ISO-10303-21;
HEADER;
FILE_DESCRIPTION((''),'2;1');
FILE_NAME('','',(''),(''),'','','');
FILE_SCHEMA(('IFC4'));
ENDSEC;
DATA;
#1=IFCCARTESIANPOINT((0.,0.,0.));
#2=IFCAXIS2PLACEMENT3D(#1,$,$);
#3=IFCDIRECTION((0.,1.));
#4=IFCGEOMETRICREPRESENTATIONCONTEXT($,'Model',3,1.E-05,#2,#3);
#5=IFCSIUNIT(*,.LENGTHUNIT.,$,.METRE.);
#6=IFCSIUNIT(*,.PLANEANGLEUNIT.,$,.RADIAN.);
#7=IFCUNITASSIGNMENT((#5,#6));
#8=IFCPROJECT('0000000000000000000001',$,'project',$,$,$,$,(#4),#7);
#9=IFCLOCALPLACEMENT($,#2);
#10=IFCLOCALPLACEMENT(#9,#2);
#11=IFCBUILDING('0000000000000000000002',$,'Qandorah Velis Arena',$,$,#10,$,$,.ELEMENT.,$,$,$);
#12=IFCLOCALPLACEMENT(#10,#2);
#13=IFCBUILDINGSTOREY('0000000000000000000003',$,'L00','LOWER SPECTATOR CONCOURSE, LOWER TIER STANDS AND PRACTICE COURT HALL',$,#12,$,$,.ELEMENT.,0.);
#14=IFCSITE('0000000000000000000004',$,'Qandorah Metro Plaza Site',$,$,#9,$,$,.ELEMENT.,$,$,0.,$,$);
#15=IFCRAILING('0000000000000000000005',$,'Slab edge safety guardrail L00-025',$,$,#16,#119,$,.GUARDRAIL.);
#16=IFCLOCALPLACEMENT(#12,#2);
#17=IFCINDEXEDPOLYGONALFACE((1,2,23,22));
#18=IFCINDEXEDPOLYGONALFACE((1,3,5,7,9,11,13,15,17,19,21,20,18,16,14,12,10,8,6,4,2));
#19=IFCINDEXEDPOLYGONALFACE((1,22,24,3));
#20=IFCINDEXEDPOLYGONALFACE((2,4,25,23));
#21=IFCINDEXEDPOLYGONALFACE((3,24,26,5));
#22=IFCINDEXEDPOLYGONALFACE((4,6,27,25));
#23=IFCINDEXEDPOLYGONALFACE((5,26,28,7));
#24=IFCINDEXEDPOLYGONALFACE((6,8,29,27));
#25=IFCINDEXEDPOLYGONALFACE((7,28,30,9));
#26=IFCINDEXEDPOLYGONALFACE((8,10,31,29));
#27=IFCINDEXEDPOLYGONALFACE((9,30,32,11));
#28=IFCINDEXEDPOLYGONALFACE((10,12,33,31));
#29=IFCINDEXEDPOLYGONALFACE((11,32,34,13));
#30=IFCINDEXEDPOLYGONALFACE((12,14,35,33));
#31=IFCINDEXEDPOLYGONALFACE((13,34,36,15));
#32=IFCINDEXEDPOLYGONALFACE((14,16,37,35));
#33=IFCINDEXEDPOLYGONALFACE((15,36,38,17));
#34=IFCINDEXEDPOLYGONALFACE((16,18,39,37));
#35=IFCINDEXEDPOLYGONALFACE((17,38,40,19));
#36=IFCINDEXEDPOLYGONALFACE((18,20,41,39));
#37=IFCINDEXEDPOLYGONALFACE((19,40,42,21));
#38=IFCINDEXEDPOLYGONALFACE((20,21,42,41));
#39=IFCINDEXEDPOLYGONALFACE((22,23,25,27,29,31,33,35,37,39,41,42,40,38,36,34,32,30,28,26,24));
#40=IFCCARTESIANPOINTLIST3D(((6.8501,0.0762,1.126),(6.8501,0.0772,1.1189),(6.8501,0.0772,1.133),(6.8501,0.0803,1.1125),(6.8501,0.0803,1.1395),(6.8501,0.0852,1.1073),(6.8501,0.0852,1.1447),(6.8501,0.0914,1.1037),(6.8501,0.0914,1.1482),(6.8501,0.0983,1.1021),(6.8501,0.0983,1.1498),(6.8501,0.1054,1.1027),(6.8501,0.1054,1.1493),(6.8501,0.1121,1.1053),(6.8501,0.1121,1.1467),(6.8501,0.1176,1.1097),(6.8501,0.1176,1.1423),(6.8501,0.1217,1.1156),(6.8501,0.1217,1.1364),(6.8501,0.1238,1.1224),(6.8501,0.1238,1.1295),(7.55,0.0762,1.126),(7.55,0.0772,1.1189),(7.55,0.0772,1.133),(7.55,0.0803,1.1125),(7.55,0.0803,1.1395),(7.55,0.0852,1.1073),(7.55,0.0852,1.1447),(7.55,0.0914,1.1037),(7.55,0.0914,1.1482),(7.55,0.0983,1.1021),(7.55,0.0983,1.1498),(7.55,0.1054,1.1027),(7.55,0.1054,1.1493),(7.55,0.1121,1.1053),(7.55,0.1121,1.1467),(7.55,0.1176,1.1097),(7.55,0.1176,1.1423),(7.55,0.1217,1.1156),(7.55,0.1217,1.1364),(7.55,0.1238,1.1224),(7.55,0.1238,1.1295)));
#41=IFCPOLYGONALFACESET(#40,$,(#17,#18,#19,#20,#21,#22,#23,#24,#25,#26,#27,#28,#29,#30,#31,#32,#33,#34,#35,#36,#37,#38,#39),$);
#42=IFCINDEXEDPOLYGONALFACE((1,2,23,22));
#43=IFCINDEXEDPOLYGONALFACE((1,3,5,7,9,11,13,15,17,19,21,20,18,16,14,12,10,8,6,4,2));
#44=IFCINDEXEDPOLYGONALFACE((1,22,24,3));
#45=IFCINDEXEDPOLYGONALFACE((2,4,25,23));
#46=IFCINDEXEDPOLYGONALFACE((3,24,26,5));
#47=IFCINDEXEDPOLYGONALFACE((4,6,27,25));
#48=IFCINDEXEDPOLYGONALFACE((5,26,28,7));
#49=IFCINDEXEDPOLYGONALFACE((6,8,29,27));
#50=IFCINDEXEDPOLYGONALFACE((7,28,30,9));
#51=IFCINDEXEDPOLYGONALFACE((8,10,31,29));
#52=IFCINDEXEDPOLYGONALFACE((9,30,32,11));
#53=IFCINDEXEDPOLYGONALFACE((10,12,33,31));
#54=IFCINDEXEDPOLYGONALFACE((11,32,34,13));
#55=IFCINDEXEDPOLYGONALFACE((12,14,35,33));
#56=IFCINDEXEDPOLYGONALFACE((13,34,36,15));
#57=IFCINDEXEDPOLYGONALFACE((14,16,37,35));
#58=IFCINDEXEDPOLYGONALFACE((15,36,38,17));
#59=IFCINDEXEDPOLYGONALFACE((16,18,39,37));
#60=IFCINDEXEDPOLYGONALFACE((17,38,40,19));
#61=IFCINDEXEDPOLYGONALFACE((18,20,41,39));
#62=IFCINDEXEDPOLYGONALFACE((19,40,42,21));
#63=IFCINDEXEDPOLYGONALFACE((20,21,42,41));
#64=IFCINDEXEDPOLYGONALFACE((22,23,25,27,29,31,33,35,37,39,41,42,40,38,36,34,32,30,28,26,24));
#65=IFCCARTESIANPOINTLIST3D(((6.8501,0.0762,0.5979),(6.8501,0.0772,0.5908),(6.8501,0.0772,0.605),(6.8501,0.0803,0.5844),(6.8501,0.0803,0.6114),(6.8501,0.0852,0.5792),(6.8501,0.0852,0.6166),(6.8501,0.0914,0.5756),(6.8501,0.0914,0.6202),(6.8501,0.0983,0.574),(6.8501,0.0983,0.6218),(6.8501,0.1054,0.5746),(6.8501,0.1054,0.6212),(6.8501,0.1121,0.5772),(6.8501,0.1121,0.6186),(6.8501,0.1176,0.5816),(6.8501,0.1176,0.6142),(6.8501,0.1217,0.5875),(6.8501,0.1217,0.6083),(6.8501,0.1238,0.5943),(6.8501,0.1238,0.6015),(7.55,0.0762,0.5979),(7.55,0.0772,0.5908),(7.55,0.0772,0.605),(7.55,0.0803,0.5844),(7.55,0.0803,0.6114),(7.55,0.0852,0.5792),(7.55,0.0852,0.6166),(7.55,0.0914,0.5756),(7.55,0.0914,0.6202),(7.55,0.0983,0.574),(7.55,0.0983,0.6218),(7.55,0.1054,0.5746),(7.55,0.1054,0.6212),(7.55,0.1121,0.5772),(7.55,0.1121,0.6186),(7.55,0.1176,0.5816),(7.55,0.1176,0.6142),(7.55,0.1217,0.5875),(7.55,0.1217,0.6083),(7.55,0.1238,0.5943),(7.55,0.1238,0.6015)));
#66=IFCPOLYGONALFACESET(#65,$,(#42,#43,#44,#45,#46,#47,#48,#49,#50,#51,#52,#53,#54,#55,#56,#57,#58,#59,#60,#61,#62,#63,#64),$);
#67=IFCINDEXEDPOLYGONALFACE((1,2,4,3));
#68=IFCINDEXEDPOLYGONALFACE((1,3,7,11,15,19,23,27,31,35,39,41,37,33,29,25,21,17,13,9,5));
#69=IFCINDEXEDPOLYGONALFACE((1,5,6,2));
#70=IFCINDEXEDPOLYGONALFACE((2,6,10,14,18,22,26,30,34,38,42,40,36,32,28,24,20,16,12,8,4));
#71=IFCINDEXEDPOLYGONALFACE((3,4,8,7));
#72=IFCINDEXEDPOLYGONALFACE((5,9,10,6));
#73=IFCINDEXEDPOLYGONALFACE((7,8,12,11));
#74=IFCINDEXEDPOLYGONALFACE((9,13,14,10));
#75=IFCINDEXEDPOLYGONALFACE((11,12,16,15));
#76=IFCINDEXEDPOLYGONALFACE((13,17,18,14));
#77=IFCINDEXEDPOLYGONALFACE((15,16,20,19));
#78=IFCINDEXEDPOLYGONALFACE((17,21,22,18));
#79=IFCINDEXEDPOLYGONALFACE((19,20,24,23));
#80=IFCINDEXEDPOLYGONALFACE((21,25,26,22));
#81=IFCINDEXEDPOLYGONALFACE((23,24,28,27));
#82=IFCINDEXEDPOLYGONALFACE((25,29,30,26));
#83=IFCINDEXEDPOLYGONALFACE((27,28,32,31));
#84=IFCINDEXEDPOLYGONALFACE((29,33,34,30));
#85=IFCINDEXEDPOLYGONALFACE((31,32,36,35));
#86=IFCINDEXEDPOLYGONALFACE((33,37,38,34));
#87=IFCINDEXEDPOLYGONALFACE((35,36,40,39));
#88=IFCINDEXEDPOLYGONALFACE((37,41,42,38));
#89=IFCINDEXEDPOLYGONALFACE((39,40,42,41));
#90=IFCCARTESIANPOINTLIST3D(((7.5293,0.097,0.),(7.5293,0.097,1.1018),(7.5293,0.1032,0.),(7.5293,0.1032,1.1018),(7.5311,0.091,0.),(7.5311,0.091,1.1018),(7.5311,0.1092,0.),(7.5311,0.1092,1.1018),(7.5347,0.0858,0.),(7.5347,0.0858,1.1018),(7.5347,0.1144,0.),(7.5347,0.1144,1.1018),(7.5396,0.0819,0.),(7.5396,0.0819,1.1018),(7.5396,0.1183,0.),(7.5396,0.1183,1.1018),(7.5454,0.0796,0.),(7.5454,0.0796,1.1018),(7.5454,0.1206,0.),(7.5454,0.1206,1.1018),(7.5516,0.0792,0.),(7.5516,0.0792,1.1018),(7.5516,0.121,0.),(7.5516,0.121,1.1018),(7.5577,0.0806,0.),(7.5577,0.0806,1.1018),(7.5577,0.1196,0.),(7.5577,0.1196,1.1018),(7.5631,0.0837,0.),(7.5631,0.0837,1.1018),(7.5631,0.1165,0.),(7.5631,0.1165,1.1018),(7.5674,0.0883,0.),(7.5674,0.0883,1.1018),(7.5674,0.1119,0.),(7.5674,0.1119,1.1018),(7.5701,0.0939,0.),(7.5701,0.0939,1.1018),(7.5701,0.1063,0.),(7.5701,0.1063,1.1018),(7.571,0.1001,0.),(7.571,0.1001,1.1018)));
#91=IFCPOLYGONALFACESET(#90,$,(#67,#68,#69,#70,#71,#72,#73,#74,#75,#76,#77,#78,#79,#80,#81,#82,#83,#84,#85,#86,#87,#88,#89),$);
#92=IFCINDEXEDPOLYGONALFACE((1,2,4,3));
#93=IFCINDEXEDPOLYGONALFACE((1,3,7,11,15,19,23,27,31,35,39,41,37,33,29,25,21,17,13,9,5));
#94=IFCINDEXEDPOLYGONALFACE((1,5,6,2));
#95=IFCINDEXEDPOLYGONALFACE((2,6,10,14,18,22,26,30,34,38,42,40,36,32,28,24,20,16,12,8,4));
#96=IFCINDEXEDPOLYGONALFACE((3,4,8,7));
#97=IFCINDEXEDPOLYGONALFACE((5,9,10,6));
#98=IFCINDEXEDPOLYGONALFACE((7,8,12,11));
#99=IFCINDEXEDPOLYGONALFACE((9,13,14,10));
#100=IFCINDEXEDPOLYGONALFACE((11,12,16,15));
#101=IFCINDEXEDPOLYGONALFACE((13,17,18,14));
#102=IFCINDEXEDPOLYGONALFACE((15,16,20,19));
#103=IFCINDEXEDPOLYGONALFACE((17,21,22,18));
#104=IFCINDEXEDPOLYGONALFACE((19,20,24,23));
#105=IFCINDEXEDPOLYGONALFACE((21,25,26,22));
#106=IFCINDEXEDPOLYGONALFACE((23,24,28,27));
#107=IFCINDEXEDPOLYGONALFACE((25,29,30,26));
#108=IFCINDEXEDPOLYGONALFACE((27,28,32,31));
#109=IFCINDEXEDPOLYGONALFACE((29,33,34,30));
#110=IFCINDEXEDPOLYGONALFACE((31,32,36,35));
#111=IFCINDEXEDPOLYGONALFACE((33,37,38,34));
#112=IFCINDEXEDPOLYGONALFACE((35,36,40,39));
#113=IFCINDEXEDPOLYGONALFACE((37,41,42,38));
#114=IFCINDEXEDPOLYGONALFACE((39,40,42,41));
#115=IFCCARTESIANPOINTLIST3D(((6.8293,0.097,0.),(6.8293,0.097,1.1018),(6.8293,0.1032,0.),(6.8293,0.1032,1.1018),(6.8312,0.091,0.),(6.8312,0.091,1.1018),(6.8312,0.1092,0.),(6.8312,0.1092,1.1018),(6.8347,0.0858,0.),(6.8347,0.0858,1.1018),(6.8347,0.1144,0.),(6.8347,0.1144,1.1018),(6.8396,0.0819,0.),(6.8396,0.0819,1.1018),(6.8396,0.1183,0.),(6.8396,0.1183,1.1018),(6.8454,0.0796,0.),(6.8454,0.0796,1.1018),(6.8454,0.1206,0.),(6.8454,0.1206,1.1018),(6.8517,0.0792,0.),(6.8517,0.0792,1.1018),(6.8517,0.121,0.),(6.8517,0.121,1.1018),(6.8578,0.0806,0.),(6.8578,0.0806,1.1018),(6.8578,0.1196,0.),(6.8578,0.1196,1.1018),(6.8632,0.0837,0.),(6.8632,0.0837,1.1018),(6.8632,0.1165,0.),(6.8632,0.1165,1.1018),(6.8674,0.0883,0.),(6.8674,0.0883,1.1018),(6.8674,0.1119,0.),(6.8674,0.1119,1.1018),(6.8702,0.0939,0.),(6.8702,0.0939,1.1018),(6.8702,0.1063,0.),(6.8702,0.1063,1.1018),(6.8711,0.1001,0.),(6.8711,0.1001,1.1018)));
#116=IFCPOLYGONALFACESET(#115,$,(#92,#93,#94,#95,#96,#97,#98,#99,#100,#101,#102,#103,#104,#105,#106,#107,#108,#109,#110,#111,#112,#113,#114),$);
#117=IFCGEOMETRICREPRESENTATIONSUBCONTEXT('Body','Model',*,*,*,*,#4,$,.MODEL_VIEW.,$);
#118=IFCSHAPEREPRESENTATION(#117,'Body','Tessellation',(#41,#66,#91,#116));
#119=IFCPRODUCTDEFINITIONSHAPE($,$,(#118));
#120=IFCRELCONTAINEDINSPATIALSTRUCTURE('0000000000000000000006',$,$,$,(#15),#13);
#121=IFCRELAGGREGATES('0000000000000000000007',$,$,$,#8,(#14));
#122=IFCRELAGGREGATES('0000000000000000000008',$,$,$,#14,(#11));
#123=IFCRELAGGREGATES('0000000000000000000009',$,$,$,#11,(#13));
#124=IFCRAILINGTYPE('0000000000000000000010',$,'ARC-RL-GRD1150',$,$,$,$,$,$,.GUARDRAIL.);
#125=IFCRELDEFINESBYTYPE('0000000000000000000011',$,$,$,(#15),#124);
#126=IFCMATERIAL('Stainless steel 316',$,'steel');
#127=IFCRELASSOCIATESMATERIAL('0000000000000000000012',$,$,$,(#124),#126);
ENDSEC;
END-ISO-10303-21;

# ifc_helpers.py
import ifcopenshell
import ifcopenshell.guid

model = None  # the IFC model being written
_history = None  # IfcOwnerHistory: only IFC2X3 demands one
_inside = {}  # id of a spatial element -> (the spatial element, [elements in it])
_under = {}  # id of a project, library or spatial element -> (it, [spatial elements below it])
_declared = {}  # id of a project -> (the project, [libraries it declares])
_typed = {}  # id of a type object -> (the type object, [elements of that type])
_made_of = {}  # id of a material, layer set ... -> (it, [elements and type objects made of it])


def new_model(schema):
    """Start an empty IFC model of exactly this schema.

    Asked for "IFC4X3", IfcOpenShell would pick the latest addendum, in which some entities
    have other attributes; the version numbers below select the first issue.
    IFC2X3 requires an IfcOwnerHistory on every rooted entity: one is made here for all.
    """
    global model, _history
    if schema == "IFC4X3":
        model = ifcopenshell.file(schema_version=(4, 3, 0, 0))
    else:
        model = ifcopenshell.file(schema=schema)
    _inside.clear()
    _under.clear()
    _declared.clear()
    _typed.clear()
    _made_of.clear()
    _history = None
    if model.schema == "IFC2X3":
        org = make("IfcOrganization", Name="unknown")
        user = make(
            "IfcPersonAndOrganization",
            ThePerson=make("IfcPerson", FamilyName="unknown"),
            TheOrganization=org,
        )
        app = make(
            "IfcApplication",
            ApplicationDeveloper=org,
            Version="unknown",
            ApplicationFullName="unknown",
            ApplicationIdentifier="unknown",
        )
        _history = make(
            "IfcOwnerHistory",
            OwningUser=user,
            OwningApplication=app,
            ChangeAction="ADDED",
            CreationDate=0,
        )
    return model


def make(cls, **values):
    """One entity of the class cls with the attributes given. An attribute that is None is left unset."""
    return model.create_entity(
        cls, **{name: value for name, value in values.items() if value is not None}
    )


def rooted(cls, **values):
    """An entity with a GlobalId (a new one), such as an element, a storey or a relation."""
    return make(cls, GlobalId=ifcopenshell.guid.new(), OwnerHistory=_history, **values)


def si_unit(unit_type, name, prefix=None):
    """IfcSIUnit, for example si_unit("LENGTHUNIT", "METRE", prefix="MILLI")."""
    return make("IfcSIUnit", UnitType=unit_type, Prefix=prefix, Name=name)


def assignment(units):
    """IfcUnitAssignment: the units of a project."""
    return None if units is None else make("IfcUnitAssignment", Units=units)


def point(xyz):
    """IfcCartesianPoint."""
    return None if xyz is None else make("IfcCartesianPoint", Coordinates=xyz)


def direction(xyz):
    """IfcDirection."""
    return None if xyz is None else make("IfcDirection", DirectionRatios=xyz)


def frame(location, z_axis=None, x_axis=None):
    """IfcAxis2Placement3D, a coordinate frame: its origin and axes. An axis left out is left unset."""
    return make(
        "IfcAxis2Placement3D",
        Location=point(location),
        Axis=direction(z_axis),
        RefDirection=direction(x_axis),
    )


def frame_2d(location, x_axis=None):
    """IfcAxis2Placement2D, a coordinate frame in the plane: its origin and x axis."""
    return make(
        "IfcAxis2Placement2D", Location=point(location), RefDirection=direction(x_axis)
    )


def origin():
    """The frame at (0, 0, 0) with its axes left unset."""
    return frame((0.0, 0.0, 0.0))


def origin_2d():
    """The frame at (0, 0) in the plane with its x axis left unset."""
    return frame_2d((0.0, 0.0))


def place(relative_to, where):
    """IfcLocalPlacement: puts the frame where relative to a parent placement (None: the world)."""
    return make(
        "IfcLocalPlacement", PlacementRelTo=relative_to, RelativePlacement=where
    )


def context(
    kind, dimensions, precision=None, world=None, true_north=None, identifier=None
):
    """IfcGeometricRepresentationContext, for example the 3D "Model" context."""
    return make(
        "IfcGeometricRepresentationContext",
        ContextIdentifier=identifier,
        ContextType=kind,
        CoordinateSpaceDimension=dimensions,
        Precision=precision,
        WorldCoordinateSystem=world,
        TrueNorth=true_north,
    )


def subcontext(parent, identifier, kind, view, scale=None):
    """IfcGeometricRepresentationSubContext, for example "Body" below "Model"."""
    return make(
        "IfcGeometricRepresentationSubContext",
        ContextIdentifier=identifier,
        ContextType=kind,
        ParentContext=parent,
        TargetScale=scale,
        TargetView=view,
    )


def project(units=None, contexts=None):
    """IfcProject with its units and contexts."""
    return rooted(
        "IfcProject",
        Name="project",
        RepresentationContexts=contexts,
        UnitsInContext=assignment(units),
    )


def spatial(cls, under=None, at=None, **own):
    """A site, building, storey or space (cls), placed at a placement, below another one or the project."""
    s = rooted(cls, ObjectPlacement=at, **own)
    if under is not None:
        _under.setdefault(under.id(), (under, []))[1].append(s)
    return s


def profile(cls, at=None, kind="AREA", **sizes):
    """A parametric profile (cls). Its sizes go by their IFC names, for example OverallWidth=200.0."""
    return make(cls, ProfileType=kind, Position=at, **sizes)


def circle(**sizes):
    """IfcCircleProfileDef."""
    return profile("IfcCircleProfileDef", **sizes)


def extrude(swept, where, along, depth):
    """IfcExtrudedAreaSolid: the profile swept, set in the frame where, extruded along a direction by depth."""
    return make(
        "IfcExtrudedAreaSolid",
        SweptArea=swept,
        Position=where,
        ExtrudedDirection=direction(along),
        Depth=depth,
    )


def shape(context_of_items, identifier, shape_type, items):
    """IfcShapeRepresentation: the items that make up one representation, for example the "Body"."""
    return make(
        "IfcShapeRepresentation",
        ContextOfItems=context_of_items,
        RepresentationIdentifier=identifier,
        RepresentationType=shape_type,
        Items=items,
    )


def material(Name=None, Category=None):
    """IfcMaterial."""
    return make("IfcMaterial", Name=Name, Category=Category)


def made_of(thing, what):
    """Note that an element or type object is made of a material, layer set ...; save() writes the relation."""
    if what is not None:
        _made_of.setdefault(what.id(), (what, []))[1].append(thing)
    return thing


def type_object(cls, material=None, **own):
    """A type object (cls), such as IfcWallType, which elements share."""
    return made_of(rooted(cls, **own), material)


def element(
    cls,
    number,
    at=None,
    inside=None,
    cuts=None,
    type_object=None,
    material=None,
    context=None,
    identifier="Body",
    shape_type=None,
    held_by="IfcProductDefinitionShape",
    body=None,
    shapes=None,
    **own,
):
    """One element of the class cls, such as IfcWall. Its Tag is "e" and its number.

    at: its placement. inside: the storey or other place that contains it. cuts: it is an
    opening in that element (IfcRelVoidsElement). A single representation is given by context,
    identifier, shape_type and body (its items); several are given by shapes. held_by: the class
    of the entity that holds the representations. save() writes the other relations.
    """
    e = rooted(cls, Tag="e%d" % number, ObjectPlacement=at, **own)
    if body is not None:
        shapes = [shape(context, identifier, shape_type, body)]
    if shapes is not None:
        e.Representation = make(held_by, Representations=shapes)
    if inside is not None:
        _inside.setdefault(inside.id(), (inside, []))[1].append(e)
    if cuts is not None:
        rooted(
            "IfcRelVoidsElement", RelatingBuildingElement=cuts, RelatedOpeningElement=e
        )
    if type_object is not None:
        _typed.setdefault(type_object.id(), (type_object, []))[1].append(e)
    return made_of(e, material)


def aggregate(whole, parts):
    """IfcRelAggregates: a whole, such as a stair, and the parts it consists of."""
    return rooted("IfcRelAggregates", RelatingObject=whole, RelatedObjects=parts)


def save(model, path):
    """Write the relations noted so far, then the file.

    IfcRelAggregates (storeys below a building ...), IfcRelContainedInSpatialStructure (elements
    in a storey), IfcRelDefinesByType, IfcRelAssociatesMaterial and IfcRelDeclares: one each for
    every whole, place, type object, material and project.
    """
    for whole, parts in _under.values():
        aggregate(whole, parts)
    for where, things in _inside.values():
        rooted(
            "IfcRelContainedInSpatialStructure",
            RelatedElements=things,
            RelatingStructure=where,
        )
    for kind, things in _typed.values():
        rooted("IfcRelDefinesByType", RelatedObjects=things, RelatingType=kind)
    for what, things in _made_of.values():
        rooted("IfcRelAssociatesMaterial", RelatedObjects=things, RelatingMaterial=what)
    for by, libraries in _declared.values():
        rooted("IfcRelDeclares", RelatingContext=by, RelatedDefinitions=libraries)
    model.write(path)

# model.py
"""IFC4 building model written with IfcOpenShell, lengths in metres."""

from ifc_helpers import new_model, si_unit, direction, frame, origin, origin_2d, place, context, subcontext, project, spatial, circle, extrude, material, type_object, element, save


model = new_model("IFC4")

# Units and contexts
model_context = context("Model", 3, precision=1e-05, world=origin(), true_north=direction((0.0, 1.0)))
body_context = subcontext(model_context, "Body", "Model", "MODEL_VIEW")
ifc_project = project(units=[si_unit("LENGTHUNIT", "METRE"), si_unit("PLANEANGLEUNIT", "RADIAN")], contexts=[model_context])

# Site, building, storey
site_placement = place(None, origin())
site = spatial("IfcSite", under=ifc_project, at=site_placement, Name="Qandorah Metro Plaza Site", CompositionType="ELEMENT", RefElevation=0.0)
building_placement = place(site_placement, origin())
building = spatial("IfcBuilding", under=site, at=building_placement, Name="Qandorah Velis Arena", CompositionType="ELEMENT")
storey_placement = place(building_placement, origin())
storey = spatial("IfcBuildingStorey", under=building, at=storey_placement, Name="L00", Description="LOWER SPECTATOR CONCOURSE, LOWER TIER STANDS AND PRACTICE COURT HALL", CompositionType="ELEMENT", Elevation=0.0)

# Railing
ifc_material_1 = material(Name="Stainless steel 316", Category="steel")
railing_type = type_object("IfcRailingType", Name="ARC-RL-GRD1150", PredefinedType="GUARDRAIL", material=ifc_material_1)
railing_1_placement = place(storey_placement, frame((7.55, 0.1001, 0.0)))
element("IfcRailing", 1, at=railing_1_placement, inside=storey, type_object=railing_type, Name="Slab edge safety guardrail L00-025", PredefinedType="GUARDRAIL", context=body_context, shape_type="SweptSolid", body=[
    extrude(circle(Radius=0.0239, at=origin_2d()), frame((0.0, 0.0, 1.126), z_axis=(-1.0, 0.0, 0.0), x_axis=(0.0, -1.0, 0.0)), (0.0, 0.0, 1.0), 0.7),
    extrude(circle(Radius=0.0239, at=origin_2d()), frame((0.0, 0.0, 0.5979), z_axis=(-1.0, 0.0, 0.0), x_axis=(0.0, -1.0, 0.0)), (0.0, 0.0, 1.0), 0.7),
    extrude(circle(Radius=0.021, at=origin_2d()), origin(), (0.0, 0.0, 1.0), 1.1018),
    extrude(circle(Radius=0.021, at=origin_2d()), frame((-0.7, 0.0, 0.0)), (0.0, 0.0, 1.0), 1.1018),
])

save(model, "model.ifc")
